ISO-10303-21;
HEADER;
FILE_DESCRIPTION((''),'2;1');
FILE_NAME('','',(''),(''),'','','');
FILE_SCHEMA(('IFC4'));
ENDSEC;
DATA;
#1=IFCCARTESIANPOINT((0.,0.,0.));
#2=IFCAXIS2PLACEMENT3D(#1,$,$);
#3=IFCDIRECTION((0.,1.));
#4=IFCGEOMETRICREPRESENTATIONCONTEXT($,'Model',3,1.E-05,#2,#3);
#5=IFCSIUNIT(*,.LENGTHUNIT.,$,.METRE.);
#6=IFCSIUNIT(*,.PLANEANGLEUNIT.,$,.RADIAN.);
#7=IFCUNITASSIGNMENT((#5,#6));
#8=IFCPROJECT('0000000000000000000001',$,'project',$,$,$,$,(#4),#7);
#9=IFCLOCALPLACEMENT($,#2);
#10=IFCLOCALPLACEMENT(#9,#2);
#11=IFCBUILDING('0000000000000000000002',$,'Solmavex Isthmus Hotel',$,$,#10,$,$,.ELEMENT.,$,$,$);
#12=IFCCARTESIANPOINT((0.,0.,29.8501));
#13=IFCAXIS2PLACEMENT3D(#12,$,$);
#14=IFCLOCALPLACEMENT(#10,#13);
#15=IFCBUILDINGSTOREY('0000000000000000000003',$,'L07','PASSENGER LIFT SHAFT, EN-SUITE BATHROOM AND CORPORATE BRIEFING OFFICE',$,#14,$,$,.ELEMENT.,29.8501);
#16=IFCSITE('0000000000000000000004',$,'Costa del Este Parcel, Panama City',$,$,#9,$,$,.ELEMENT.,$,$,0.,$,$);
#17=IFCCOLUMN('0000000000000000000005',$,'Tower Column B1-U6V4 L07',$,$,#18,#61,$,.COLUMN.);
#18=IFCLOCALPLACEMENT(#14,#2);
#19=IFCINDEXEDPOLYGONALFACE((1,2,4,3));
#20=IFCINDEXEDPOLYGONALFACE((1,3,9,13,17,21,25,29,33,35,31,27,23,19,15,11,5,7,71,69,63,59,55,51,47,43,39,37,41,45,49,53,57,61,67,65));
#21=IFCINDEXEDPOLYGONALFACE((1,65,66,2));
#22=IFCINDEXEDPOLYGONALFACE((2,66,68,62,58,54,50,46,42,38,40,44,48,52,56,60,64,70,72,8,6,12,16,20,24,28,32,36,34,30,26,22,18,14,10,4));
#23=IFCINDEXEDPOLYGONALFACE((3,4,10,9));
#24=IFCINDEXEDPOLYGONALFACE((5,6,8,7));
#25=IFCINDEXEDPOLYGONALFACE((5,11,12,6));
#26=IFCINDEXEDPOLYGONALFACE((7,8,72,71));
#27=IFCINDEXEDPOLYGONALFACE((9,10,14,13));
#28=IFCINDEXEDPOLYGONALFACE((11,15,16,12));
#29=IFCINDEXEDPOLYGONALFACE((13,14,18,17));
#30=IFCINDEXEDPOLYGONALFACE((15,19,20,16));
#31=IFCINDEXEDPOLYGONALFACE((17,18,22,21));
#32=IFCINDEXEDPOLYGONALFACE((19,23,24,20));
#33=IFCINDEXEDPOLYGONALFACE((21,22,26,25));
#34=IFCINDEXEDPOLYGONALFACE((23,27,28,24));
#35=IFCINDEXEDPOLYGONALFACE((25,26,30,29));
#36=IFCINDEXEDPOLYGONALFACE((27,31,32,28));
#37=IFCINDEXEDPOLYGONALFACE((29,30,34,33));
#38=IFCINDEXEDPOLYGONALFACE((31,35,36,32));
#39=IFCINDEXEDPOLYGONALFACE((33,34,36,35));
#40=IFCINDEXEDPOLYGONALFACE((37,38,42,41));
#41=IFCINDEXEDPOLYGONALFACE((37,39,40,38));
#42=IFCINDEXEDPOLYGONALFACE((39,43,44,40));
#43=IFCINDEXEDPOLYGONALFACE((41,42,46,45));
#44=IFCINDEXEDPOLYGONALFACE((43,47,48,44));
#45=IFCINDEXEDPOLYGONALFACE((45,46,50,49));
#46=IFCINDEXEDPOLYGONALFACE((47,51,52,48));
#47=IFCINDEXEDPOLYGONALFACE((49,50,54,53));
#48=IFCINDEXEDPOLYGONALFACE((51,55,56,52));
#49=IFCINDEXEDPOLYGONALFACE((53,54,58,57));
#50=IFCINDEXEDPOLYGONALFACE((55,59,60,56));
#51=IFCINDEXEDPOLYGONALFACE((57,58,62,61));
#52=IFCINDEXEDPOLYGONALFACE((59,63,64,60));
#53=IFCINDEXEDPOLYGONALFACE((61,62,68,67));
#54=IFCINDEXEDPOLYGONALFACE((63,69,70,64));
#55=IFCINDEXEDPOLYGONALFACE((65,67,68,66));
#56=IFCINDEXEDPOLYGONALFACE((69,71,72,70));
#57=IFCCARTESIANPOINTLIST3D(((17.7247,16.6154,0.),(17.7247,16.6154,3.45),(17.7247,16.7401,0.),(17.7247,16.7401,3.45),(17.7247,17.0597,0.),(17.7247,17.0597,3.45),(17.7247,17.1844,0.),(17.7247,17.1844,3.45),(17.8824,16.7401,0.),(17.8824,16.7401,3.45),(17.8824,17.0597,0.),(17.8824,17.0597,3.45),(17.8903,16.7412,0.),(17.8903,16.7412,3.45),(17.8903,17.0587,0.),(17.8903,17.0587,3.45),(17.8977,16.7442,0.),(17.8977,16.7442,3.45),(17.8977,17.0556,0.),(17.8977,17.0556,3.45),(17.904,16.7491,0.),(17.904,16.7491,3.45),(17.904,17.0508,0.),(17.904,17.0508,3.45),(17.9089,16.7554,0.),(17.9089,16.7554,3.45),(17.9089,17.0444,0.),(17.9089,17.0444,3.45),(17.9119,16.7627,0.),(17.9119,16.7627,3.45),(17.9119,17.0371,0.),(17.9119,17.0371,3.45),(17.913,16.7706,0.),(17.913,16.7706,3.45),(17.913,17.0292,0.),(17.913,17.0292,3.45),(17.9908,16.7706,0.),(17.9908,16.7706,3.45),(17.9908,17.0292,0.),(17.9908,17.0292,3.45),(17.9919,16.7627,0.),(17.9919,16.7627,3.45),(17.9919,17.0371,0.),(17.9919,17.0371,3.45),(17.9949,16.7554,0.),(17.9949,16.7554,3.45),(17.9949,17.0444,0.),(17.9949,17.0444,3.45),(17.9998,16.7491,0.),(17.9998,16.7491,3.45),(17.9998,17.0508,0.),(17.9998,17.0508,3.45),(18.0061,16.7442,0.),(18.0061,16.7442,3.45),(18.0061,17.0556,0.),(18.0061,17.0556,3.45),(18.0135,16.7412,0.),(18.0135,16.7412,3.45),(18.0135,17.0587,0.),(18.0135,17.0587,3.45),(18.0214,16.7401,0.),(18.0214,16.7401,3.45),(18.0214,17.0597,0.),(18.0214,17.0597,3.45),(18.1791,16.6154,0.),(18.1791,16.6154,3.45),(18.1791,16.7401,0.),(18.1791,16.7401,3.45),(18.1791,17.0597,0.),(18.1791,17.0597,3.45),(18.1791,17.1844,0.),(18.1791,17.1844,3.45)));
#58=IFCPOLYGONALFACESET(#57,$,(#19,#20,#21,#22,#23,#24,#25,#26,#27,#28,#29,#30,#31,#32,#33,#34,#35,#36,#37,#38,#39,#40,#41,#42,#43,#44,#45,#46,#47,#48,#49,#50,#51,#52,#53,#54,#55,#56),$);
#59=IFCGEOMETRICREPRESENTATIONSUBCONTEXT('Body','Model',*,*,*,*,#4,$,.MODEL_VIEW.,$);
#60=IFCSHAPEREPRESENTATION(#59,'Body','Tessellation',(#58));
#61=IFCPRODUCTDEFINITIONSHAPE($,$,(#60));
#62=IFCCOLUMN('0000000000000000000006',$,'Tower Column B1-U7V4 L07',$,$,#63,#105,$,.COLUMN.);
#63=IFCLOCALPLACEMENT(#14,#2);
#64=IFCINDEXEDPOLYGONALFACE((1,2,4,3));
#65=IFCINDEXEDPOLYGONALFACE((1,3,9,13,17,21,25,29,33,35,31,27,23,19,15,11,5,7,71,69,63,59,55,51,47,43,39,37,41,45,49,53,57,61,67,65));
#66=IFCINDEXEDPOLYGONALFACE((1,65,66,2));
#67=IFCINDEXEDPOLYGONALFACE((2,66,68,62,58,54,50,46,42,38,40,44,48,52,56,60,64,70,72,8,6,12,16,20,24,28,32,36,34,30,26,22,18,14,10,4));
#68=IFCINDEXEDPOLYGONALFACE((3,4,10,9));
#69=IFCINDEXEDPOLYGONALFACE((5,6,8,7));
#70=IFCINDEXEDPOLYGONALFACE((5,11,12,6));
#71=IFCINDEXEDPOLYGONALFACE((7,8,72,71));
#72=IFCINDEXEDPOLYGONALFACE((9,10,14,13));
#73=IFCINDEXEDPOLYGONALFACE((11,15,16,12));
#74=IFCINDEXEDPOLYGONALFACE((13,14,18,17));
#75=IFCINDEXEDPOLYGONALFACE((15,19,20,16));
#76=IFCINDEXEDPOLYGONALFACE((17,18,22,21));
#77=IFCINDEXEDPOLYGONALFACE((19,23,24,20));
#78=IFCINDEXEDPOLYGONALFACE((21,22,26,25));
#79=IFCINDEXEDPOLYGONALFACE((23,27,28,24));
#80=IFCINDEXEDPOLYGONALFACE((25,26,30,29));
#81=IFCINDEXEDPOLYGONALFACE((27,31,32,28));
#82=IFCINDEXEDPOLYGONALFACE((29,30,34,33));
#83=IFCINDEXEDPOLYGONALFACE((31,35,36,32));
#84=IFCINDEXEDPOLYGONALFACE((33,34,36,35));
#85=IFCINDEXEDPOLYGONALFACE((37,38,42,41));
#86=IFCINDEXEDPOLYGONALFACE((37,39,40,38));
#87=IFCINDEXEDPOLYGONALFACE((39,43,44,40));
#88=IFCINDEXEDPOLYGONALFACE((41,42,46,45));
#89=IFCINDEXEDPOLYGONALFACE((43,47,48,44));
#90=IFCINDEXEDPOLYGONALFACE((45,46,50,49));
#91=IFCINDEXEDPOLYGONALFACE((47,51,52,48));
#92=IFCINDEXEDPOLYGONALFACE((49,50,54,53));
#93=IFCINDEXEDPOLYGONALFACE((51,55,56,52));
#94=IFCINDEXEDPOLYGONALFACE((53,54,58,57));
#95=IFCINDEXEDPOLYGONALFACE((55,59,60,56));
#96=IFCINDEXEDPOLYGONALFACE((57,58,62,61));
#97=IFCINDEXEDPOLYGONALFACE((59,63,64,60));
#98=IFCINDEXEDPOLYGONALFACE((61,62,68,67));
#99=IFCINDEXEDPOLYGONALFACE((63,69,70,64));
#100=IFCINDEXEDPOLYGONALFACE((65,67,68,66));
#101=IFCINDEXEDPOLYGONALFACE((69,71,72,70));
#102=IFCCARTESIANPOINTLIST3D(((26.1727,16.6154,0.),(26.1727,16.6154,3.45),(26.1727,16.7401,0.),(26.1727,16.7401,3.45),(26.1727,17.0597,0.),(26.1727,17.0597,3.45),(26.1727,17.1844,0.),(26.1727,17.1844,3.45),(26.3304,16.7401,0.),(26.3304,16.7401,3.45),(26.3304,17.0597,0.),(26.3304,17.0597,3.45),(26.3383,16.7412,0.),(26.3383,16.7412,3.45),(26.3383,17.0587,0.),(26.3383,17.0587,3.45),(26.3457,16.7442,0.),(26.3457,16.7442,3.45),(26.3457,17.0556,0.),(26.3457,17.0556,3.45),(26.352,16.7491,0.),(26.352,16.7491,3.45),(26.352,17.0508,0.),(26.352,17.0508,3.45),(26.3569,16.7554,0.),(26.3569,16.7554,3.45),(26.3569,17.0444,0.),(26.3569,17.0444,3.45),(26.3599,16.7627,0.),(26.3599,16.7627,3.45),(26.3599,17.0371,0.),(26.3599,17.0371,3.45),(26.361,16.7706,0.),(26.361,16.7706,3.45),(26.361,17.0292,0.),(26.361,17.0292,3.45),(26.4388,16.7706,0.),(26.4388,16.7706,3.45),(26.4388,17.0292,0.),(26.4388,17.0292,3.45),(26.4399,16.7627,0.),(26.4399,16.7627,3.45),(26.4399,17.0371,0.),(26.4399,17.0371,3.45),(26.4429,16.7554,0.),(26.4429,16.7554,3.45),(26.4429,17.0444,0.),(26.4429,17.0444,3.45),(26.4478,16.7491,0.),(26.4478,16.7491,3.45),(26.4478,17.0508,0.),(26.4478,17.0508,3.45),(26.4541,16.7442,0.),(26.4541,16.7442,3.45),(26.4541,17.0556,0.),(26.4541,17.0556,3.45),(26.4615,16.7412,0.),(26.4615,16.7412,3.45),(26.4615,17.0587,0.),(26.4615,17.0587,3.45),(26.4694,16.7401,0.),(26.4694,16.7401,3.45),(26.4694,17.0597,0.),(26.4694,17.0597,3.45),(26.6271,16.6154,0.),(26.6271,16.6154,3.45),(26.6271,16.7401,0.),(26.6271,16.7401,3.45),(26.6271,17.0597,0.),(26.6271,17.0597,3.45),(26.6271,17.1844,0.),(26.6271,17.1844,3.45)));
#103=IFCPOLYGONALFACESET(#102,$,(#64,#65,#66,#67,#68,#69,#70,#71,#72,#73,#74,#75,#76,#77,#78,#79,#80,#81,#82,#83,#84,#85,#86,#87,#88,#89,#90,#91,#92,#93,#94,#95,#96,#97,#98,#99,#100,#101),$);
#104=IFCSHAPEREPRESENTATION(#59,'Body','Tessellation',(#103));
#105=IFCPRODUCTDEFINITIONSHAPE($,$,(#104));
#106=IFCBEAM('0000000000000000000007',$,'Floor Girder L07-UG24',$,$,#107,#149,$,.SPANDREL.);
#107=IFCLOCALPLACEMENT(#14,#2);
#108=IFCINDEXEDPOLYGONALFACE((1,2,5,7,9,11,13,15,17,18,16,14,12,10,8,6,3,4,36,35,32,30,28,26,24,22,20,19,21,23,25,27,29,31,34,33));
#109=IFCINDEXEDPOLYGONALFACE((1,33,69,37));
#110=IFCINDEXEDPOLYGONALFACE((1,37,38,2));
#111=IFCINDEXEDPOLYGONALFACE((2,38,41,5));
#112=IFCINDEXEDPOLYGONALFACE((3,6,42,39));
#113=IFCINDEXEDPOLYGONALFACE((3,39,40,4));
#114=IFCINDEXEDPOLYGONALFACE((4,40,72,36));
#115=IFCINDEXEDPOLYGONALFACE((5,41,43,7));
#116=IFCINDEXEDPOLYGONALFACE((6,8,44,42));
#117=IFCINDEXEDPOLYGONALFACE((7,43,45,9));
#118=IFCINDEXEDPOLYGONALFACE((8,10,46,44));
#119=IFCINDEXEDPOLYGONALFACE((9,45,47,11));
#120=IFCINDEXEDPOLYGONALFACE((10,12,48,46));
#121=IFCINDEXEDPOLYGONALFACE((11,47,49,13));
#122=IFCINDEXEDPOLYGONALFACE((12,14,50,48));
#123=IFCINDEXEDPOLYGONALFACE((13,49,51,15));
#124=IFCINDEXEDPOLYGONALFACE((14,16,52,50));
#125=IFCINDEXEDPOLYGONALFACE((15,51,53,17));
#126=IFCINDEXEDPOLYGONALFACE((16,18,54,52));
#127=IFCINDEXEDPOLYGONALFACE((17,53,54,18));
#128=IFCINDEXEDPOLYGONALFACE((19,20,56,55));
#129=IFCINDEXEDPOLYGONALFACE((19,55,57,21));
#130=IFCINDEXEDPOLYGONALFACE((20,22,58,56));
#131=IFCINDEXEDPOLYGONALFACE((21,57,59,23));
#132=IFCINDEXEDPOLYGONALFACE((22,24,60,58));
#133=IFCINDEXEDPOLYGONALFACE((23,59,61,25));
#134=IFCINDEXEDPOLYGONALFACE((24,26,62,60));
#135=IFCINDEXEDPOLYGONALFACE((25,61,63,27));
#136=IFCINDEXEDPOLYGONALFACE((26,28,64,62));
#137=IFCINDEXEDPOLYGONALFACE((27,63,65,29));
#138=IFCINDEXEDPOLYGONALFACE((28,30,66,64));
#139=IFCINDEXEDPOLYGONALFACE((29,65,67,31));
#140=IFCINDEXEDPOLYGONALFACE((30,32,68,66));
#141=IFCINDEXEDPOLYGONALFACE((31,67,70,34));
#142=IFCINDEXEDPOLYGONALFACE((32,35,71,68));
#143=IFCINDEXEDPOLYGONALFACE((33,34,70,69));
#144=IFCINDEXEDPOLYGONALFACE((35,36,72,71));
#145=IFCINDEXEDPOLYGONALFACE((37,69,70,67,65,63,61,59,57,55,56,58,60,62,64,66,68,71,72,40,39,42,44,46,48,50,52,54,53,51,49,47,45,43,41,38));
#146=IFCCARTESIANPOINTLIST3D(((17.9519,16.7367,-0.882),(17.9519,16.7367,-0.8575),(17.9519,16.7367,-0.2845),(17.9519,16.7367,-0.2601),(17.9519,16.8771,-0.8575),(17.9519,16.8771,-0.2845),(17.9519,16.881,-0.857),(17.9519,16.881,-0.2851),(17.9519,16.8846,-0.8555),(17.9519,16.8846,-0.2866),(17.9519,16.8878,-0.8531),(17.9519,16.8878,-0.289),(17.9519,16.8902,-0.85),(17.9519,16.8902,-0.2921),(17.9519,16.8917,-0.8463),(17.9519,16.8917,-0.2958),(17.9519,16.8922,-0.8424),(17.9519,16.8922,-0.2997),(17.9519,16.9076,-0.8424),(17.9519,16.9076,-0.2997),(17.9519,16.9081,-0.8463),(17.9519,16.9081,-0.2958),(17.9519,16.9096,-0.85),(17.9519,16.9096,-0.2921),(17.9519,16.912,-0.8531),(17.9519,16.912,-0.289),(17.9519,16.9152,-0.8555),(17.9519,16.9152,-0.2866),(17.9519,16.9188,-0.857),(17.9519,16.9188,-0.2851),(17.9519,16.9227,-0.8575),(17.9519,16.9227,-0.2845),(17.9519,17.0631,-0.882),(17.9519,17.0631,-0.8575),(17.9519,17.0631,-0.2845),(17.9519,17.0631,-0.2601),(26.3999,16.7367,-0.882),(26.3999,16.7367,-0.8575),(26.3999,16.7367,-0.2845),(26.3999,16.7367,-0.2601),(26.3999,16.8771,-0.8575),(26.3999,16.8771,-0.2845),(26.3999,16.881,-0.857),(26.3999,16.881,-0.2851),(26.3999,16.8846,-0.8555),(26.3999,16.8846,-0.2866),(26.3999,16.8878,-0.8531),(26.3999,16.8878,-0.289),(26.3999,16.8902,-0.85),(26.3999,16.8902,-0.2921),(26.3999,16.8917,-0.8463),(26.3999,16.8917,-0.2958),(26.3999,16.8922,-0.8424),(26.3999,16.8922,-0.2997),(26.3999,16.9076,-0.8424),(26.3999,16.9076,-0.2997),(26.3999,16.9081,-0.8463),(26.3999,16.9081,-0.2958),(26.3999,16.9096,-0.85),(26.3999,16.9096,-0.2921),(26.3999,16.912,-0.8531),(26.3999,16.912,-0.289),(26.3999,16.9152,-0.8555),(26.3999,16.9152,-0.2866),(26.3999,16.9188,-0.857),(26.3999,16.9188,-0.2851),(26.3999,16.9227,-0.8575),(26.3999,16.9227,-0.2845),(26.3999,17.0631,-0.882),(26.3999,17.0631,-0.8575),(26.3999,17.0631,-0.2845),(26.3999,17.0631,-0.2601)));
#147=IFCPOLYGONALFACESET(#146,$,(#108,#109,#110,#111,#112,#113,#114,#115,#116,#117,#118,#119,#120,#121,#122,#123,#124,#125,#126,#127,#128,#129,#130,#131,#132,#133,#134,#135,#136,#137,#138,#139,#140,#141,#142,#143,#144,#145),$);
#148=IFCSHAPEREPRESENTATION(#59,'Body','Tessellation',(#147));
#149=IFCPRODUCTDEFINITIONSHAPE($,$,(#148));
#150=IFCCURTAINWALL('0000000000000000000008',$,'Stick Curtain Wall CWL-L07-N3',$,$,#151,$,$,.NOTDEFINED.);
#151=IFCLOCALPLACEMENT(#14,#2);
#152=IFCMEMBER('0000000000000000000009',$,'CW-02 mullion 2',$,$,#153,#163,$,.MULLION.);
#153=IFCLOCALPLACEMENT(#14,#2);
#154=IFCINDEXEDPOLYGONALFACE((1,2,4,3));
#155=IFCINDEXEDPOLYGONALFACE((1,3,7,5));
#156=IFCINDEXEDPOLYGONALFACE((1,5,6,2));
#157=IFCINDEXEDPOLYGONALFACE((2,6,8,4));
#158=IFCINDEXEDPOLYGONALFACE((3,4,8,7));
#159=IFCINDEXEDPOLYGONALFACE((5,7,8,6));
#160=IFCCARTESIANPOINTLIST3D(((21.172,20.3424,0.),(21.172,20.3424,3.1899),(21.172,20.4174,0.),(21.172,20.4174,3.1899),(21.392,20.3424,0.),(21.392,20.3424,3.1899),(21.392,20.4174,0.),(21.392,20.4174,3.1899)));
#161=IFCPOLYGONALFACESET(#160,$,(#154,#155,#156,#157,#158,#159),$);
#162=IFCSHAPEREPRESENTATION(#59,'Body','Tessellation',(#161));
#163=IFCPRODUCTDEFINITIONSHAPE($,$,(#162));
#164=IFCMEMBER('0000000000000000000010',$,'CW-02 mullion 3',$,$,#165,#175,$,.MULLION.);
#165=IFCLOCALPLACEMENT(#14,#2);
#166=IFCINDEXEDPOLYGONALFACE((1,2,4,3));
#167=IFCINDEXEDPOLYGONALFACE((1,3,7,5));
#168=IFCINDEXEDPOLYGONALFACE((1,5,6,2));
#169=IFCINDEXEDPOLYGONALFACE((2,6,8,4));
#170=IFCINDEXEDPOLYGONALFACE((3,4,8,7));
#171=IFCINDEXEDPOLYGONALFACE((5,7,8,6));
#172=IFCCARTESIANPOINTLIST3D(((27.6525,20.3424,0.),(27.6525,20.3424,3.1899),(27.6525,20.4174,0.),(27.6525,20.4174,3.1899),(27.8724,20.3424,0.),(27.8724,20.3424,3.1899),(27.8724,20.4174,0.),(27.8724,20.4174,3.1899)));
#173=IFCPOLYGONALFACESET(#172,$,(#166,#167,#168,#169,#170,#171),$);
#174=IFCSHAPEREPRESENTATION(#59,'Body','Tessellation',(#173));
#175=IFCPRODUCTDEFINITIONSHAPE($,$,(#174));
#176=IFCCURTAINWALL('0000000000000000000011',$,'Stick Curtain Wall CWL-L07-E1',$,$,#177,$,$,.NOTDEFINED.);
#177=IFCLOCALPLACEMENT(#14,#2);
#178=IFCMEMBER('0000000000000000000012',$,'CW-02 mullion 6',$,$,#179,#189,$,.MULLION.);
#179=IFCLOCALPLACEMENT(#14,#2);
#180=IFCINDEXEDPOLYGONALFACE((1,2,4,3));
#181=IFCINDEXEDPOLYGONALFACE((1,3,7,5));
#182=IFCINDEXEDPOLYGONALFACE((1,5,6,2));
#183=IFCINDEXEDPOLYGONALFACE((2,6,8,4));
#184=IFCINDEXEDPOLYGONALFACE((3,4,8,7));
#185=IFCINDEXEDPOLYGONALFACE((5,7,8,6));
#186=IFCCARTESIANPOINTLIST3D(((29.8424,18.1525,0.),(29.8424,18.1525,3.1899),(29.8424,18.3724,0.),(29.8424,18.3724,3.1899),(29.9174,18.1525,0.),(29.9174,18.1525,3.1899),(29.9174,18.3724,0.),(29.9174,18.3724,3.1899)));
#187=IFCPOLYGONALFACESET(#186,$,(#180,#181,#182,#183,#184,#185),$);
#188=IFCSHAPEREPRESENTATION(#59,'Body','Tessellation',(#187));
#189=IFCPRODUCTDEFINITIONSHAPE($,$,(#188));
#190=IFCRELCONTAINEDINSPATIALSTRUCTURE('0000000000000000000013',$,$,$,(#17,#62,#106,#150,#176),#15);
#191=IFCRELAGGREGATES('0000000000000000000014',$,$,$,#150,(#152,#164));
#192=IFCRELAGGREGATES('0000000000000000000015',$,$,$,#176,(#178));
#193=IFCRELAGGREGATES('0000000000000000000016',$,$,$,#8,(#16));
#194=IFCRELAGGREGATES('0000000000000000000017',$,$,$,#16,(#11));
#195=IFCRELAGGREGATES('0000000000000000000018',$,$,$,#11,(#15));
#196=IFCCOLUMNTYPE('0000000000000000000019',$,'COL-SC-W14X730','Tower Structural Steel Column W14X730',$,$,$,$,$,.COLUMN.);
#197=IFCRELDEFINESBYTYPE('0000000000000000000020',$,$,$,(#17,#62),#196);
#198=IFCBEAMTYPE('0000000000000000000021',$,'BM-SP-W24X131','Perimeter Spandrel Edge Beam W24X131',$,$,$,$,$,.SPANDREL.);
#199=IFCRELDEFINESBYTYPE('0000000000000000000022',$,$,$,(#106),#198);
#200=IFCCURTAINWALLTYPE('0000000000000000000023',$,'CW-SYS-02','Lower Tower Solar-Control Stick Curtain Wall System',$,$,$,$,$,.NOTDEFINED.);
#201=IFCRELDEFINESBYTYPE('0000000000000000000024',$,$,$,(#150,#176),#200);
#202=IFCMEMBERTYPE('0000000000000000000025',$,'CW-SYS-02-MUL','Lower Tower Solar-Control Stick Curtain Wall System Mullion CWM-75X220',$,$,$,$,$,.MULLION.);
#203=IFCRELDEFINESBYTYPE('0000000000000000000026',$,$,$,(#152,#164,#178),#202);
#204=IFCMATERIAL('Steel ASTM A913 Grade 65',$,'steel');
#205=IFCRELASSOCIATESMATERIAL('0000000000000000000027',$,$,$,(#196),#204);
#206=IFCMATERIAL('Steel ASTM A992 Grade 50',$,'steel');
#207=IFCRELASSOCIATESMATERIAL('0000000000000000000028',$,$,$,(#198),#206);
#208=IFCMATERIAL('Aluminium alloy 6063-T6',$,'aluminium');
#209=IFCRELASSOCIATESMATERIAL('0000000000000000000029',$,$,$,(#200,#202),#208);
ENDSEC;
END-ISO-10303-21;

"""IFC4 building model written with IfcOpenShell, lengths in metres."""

from ifc_helpers import new_model, si_unit, direction, frame, origin, origin_2d, place, context, subcontext, project, spatial, rectangle, i_section, extrude, material, material_profile, profile_set, type_object, element, aggregate, save


model = new_model("IFC4")

# Units and contexts
model_context = context("Model", 3, precision=1e-05, world=origin(), true_north=direction((0.0, 1.0)))
body_context = subcontext(model_context, "Body", "Model", "MODEL_VIEW")
ifc_project = project(units=[si_unit("LENGTHUNIT", "METRE"), si_unit("PLANEANGLEUNIT", "RADIAN")], contexts=[model_context])

# Site, building, storey
site_placement = place(None, origin())
site = spatial("IfcSite", under=ifc_project, at=site_placement, Name="Costa del Este Parcel, Panama City", CompositionType="ELEMENT", RefElevation=0.0)
building_placement = place(site_placement, origin())
building = spatial("IfcBuilding", under=site, at=building_placement, Name="Solmavex Isthmus Hotel", CompositionType="ELEMENT")
storey_placement = place(building_placement, frame((0.0, 0.0, 29.8501)))
storey = spatial("IfcBuildingStorey", under=building, at=storey_placement, Name="L07", Description="PASSENGER LIFT SHAFT, EN-SUITE BATHROOM AND CORPORATE BRIEFING OFFICE", CompositionType="ELEMENT", Elevation=29.8501)

# Columns
ifc_material_1 = material(Name="Steel ASTM A913 Grade 65", Category="steel")
ifc_material_profile_1 = material_profile(ifc_material_1, i_section(OverallWidth=0.4543, OverallDepth=0.5691, WebThickness=0.0779, FlangeThickness=0.1248, FilletRadius=0.0305, at=origin_2d()), Name="W14X730")
ifc_profile_set_1 = profile_set([ifc_material_profile_1], Name="Steel ASTM A913 Grade 65")
column_type = type_object("IfcColumnType", Name="COL-SC-W14X730", Description="Tower Structural Steel Column W14X730", PredefinedType="COLUMN", material=ifc_profile_set_1)
for number, where, z_axis, x_axis, name in (
    (1, (17.9519, 16.8999, 0.0), (0.0, 0.0, 1.0), (1.0, 0.0, 0.0), "Tower Column B1-U6V4 L07"),
    (2, (26.3999, 16.8999, 0.0), (0.0, 0.0, 1.0), (1.0, 0.0, 0.0), "Tower Column B1-U7V4 L07"),
):
    element("IfcColumn", number, at=place(storey_placement, frame(where, z_axis=z_axis, x_axis=x_axis)), inside=storey, type_object=column_type, Name=name, PredefinedType="COLUMN", context=body_context, shape_type="SweptSolid", body=[
        extrude(i_section(OverallWidth=0.4543, OverallDepth=0.5691, WebThickness=0.0779, FlangeThickness=0.1248, FilletRadius=0.0305, at=origin_2d()), origin(), (0.0, 0.0, 1.0), 3.45),
    ])

# Beam
ifc_material_2 = material(Name="Steel ASTM A992 Grade 50", Category="steel")
ifc_material_profile_2 = material_profile(ifc_material_2, i_section(OverallWidth=0.3264, OverallDepth=0.6218, WebThickness=0.0154, FlangeThickness=0.0244, FilletRadius=0.0151, at=origin_2d()), Name="W24X131")
ifc_profile_set_2 = profile_set([ifc_material_profile_2], Name="Steel ASTM A992 Grade 50")
beam_type = type_object("IfcBeamType", Name="BM-SP-W24X131", Description="Perimeter Spandrel Edge Beam W24X131", PredefinedType="SPANDREL", material=ifc_profile_set_2)
beam_placement = place(storey_placement, frame((17.9519, 16.8999, -0.571), z_axis=(1.0, 0.0, 0.0), x_axis=(0.0, 1.0, 0.0)))
element("IfcBeam", 3, at=beam_placement, inside=storey, type_object=beam_type, Name="Floor Girder L07-UG24", PredefinedType="SPANDREL", context=body_context, shape_type="SweptSolid", body=[
    extrude(i_section(OverallWidth=0.3264, OverallDepth=0.6218, WebThickness=0.0154, FlangeThickness=0.0244, FilletRadius=0.0151, at=origin_2d()), origin(), (0.0, 0.0, 1.0), 8.448),
])

# Curtain wall, members
ifc_material_3 = material(Name="Aluminium alloy 6063-T6", Category="aluminium")
curtain_wall_type = type_object("IfcCurtainWallType", Name="CW-SYS-02", Description="Lower Tower Solar-Control Stick Curtain Wall System", PredefinedType="NOTDEFINED", material=ifc_material_3)
curtain_wall_1_placement = place(storey_placement, origin())
curtain_wall_1 = element("IfcCurtainWall", 4, at=curtain_wall_1_placement, inside=storey, type_object=curtain_wall_type, Name="Stick Curtain Wall CWL-L07-N3", PredefinedType="NOTDEFINED")
ifc_material_profile_3 = material_profile(ifc_material_3, rectangle(XDim=0.075, YDim=0.22, at=origin_2d()), Name="CWM-75X220")
ifc_profile_set_3 = profile_set([ifc_material_profile_3], Name="Aluminium alloy 6063-T6")
member_type_1 = type_object("IfcMemberType", Name="CW-SYS-02-MUL", Description="Lower Tower Solar-Control Stick Curtain Wall System Mullion CWM-75X220", PredefinedType="MULLION", material=ifc_profile_set_3)
member_1_placement = place(storey_placement, frame((21.282, 20.3799, 0.0), z_axis=(0.0, 0.0, 1.0), x_axis=(0.0, 1.0, 0.0)))
member_1 = element("IfcMember", 5, at=member_1_placement, type_object=member_type_1, Name="CW-02 mullion 2", PredefinedType="MULLION", context=body_context, shape_type="SweptSolid", body=[
    extrude(rectangle(XDim=0.075, YDim=0.22, at=origin_2d()), origin(), (0.0, 0.0, 1.0), 3.1899),
])
member_2_placement = place(storey_placement, frame((27.7625, 20.3799, 0.0), z_axis=(0.0, 0.0, 1.0), x_axis=(0.0, 1.0, 0.0)))
member_2 = element("IfcMember", 6, at=member_2_placement, type_object=member_type_1, Name="CW-02 mullion 3", PredefinedType="MULLION", context=body_context, shape_type="SweptSolid", body=[
    extrude(rectangle(XDim=0.075, YDim=0.22, at=origin_2d()), origin(), (0.0, 0.0, 1.0), 3.1899),
])

# Curtain wall, member
curtain_wall_2_placement = place(storey_placement, origin())
curtain_wall_2 = element("IfcCurtainWall", 7, at=curtain_wall_2_placement, inside=storey, type_object=curtain_wall_type, Name="Stick Curtain Wall CWL-L07-E1", PredefinedType="NOTDEFINED")
member_3_placement = place(storey_placement, frame((29.8799, 18.2625, 0.0), z_axis=(0.0, 0.0, 1.0), x_axis=(-1.0, 0.0, 0.0)))
member_3 = element("IfcMember", 8, at=member_3_placement, type_object=member_type_1, Name="CW-02 mullion 6", PredefinedType="MULLION", context=body_context, shape_type="SweptSolid", body=[
    extrude(rectangle(XDim=0.075, YDim=0.22, at=origin_2d()), origin(), (0.0, 0.0, 1.0), 3.1899),
])

aggregate(curtain_wall_1, [member_1, member_2])
aggregate(curtain_wall_2, [member_3])

save(model, "model.ifc")
